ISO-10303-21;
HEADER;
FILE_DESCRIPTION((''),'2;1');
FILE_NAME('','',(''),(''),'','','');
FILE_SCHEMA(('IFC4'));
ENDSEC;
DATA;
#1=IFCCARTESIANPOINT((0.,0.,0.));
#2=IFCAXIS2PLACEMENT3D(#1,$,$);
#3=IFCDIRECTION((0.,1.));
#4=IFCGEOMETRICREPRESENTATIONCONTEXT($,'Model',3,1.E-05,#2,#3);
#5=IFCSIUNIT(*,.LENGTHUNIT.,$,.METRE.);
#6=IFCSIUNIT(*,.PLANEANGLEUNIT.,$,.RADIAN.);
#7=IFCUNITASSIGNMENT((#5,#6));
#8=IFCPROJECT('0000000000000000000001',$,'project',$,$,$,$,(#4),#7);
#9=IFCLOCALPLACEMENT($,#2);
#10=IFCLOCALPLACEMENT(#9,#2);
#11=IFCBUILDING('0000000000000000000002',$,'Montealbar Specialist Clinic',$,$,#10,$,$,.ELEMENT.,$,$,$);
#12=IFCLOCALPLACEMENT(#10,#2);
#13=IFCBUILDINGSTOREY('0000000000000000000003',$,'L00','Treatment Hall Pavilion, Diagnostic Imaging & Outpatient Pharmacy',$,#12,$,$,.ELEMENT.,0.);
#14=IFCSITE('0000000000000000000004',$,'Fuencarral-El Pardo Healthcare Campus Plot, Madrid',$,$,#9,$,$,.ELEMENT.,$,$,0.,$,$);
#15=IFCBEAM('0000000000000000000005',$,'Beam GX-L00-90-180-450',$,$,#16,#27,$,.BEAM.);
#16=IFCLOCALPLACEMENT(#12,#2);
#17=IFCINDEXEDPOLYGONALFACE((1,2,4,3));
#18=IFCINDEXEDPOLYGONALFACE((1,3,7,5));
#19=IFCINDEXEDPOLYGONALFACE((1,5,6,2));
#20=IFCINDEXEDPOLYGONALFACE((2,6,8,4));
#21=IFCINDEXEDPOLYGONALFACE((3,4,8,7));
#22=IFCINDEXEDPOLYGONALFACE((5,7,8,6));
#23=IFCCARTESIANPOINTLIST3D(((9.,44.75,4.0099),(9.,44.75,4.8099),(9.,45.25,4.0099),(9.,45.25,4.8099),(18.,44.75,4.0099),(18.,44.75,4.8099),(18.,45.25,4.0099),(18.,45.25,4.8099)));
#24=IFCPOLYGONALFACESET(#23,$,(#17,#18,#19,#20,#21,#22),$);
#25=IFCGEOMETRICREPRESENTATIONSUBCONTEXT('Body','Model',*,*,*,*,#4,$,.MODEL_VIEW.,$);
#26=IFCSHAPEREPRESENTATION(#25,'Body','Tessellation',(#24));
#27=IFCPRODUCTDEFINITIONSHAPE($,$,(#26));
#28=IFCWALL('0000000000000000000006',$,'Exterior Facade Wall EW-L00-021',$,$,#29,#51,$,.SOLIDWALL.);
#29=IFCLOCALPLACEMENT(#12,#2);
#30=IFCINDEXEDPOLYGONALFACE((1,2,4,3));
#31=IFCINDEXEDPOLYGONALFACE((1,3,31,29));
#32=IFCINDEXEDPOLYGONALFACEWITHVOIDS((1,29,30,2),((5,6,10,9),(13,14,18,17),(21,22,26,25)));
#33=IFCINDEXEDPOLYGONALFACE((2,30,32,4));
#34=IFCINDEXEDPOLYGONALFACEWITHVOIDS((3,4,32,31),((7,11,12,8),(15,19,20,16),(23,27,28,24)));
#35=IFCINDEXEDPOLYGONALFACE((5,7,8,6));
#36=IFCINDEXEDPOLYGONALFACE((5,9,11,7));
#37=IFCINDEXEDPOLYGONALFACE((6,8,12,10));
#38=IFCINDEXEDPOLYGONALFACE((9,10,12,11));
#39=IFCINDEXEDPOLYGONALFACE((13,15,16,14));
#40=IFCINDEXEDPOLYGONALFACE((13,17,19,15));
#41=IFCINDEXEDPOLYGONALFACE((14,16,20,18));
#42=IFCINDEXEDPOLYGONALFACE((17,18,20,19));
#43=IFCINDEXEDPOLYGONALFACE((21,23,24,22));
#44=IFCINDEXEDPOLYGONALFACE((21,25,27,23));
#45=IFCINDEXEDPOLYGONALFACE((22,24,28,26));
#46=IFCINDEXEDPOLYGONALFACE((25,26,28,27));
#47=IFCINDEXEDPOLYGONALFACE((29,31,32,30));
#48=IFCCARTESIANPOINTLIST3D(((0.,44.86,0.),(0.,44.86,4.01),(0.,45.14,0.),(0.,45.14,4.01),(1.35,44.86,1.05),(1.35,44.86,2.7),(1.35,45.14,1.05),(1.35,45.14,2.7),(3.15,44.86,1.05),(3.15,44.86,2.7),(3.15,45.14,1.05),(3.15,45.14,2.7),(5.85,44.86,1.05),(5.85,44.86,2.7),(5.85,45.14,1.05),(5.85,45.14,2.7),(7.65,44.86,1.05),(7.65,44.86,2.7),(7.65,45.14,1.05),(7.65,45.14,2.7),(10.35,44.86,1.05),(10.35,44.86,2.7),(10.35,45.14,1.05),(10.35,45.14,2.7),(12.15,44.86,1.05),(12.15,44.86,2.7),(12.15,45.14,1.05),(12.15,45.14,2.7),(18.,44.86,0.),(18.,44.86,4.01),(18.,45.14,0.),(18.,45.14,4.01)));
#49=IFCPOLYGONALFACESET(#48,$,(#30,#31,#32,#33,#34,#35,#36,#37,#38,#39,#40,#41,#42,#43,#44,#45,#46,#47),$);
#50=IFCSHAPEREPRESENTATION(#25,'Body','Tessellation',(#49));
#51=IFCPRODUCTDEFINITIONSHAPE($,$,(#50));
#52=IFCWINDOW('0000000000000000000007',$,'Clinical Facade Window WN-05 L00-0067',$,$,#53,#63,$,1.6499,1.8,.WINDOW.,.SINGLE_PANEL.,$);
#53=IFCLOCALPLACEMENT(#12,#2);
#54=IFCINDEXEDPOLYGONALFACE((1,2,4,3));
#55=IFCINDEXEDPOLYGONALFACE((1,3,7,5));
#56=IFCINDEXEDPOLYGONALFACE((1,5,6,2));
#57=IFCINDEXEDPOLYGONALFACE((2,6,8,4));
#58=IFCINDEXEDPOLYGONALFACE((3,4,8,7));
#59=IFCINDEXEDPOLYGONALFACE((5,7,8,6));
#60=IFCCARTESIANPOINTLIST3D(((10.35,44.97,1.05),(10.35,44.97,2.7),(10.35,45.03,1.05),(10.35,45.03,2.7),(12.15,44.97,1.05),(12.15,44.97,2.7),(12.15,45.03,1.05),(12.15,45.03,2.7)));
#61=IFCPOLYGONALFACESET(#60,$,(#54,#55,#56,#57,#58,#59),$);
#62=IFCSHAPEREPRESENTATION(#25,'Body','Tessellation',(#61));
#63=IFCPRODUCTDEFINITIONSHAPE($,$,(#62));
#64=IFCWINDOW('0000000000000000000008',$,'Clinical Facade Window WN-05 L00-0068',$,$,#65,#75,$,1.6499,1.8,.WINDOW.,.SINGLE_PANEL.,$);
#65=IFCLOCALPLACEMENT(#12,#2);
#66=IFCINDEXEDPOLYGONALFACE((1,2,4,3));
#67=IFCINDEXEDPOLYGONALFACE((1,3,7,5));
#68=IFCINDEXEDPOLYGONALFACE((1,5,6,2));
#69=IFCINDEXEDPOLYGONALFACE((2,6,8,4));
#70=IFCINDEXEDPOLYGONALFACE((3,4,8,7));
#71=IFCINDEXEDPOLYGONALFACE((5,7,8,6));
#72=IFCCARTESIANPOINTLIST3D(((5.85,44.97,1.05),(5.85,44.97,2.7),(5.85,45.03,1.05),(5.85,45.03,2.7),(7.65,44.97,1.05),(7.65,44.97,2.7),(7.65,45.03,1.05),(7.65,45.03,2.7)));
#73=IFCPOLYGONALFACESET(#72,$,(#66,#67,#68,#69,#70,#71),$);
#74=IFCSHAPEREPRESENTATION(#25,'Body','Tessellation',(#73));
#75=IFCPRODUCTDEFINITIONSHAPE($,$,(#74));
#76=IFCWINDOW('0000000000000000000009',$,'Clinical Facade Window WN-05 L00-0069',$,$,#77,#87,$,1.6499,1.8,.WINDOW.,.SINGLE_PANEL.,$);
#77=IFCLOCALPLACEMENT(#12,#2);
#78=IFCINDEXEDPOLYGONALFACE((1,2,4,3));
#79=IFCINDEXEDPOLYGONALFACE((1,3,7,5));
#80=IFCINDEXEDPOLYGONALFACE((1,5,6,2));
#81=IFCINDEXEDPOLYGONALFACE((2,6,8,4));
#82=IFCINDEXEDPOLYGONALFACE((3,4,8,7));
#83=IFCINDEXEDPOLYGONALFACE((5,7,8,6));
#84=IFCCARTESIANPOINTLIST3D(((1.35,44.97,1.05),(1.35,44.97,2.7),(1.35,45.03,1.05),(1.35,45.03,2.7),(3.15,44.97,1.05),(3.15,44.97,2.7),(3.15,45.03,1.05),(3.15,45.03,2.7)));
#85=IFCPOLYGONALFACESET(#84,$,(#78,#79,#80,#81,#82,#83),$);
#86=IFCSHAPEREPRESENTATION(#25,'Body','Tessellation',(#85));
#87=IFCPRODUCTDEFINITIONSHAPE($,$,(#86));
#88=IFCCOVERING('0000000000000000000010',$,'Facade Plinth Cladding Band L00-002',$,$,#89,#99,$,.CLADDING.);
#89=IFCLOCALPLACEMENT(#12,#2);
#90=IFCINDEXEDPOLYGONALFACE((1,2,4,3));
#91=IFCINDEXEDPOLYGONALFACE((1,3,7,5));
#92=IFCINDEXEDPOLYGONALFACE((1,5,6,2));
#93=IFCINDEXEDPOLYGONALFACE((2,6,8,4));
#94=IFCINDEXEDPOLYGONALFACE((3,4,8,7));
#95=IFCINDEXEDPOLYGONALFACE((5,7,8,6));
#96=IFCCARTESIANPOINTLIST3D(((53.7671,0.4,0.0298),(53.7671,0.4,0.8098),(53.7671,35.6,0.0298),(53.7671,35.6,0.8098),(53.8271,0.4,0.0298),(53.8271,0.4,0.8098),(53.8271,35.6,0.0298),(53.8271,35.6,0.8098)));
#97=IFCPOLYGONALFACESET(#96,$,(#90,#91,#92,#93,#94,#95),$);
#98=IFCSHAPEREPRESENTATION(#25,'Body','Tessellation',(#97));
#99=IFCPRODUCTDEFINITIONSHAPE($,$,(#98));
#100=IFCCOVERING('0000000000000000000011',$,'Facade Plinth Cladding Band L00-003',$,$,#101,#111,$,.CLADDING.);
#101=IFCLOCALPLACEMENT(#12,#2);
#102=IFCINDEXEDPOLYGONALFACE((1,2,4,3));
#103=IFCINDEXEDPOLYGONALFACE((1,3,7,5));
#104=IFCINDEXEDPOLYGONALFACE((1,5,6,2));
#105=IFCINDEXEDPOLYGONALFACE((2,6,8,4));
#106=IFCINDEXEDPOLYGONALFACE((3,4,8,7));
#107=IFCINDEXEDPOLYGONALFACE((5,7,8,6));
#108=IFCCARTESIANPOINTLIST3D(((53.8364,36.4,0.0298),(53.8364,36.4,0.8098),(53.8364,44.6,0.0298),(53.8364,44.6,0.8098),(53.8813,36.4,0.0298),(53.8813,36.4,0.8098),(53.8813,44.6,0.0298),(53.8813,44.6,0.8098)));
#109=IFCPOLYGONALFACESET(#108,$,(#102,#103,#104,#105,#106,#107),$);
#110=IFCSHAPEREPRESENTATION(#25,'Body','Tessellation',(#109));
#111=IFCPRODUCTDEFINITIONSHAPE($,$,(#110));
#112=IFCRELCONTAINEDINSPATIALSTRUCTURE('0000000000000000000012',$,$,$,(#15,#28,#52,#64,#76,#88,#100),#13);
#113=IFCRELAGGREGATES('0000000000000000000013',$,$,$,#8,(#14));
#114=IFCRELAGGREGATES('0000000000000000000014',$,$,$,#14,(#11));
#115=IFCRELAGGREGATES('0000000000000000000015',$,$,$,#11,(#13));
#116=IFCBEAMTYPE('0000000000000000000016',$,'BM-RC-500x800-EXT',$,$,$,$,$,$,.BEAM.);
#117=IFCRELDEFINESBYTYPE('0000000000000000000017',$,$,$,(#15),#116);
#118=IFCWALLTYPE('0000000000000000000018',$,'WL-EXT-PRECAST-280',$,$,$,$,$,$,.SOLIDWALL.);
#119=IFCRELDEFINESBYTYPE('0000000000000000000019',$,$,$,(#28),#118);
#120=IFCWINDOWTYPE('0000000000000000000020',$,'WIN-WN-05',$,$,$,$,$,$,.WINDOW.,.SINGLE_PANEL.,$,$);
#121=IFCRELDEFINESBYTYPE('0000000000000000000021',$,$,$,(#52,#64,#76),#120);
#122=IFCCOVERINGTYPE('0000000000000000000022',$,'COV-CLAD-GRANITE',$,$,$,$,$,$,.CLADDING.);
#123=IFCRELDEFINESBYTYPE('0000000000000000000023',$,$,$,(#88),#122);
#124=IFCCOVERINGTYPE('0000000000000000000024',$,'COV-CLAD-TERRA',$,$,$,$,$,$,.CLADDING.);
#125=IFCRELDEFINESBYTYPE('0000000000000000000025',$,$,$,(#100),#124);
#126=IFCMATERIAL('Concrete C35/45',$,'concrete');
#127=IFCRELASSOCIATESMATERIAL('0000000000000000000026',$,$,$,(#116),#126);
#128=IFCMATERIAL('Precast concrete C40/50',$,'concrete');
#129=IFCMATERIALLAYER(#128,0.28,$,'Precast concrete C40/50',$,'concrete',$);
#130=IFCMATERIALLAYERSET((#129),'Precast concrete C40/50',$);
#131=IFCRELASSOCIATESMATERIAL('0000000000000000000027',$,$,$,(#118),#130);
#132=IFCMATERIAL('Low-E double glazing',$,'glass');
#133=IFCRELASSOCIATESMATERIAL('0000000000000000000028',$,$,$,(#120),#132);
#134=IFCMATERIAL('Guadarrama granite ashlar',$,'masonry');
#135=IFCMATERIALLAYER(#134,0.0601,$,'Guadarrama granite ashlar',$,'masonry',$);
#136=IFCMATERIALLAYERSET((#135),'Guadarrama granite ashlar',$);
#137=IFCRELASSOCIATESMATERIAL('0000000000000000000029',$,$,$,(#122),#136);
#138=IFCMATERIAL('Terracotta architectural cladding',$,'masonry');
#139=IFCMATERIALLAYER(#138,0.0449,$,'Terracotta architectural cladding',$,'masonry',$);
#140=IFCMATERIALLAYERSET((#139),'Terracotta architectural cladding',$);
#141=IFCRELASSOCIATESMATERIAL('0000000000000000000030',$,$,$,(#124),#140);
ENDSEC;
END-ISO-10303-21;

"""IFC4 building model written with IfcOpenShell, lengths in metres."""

from ifc_helpers import new_model, si_unit, direction, frame, frame_2d, origin, origin_2d, place, context, subcontext, project, spatial, rectangle, extrude, material, layer, layer_set, material_profile, profile_set, type_object, element, fill, save


model = new_model("IFC4")

# Units and contexts
model_context = context("Model", 3, precision=1e-05, world=origin(), true_north=direction((0.0, 1.0)))
body_context = subcontext(model_context, "Body", "Model", "MODEL_VIEW")
ifc_project = project(units=[si_unit("LENGTHUNIT", "METRE"), si_unit("PLANEANGLEUNIT", "RADIAN")], contexts=[model_context])

# Site, building, storey
site_placement = place(None, origin())
site = spatial("IfcSite", under=ifc_project, at=site_placement, Name="Fuencarral-El Pardo Healthcare Campus Plot, Madrid", CompositionType="ELEMENT", RefElevation=0.0)
building_placement = place(site_placement, origin())
building = spatial("IfcBuilding", under=site, at=building_placement, Name="Montealbar Specialist Clinic", CompositionType="ELEMENT")
storey_placement = place(building_placement, origin())
storey = spatial("IfcBuildingStorey", under=building, at=storey_placement, Name="L00", Description="Treatment Hall Pavilion, Diagnostic Imaging & Outpatient Pharmacy", CompositionType="ELEMENT", Elevation=0.0)

# Shared definitions
ifc_material_1 = material(Name="Concrete C35/45", Category="concrete")
ifc_material_2 = material(Name="Guadarrama granite ashlar", Category="masonry")

# Beam
ifc_material_profile_1 = material_profile(ifc_material_1, rectangle(XDim=0.5, YDim=0.8, at=origin_2d()), Name="RC 500x800", Category="concrete")
ifc_profile_set_1 = profile_set([ifc_material_profile_1], Name="Concrete C35/45")
beam_type_1 = type_object("IfcBeamType", Name="BM-RC-500x800-EXT", PredefinedType="BEAM", material=ifc_profile_set_1)
beam_1_placement = place(storey_placement, frame((9.0, 45.0, 4.4099), z_axis=(1.0, 0.0, 0.0), x_axis=(0.0, 1.0, 0.0)))
element("IfcBeam", 1, at=beam_1_placement, inside=storey, type_object=beam_type_1, Name="Beam GX-L00-90-180-450", PredefinedType="BEAM", context=body_context, shape_type="SweptSolid", body=[
    extrude(rectangle(XDim=0.5, YDim=0.8, at=origin_2d()), origin(), (0.0, 0.0, 1.0), 9.0),
])

# Wall, openings, windows
ifc_material_3 = material(Name="Precast concrete C40/50", Category="concrete")
ifc_layer_1 = layer(ifc_material_3, 0.28, Name="Precast concrete C40/50", Category="concrete")
ifc_layer_set_1 = layer_set([ifc_layer_1], Name="Precast concrete C40/50")
wall_type = type_object("IfcWallType", Name="WL-EXT-PRECAST-280", PredefinedType="SOLIDWALL", material=ifc_layer_set_1)
wall_placement = place(storey_placement, frame((18.0, 45.0, 0.0), z_axis=(0.0, 0.0, 1.0), x_axis=(-1.0, 0.0, 0.0)))
wall = element("IfcWall", 2, at=wall_placement, inside=storey, type_object=wall_type, Name="Exterior Facade Wall EW-L00-021", PredefinedType="SOLIDWALL", context=body_context, shape_type="SweptSolid", body=[
    extrude(rectangle(XDim=18.0, YDim=0.28, at=frame_2d((9.0, 0.0))), origin(), (0.0, 0.0, 1.0), 4.01),
])
opening_1_placement = place(wall_placement, frame((5.8501, 0.0, 1.05)))
opening_1 = element("IfcOpeningElement", 3, at=opening_1_placement, cuts=wall, PredefinedType="OPENING", context=body_context, shape_type="SweptSolid", body=[
    extrude(rectangle(XDim=1.8, YDim=1.6499, at=frame_2d((0.8999, 0.825))), frame((0.0, 0.1499, 0.0), z_axis=(0.0, -1.0, 0.0), x_axis=(1.0, 0.0, 0.0)), (0.0, 0.0, 1.0), 0.3),
])
opening_2_placement = place(wall_placement, frame((10.3501, 0.0, 1.05)))
opening_2 = element("IfcOpeningElement", 4, at=opening_2_placement, cuts=wall, PredefinedType="OPENING", context=body_context, shape_type="SweptSolid", body=[
    extrude(rectangle(XDim=1.8, YDim=1.6499, at=frame_2d((0.8999, 0.825))), frame((0.0, 0.1499, 0.0), z_axis=(0.0, -1.0, 0.0), x_axis=(1.0, 0.0, 0.0)), (0.0, 0.0, 1.0), 0.3),
])
opening_3_placement = place(wall_placement, frame((14.8501, 0.0, 1.05)))
opening_3 = element("IfcOpeningElement", 5, at=opening_3_placement, cuts=wall, PredefinedType="OPENING", context=body_context, shape_type="SweptSolid", body=[
    extrude(rectangle(XDim=1.8, YDim=1.6499, at=frame_2d((0.8999, 0.825))), frame((0.0, 0.1499, 0.0), z_axis=(0.0, -1.0, 0.0), x_axis=(1.0, 0.0, 0.0)), (0.0, 0.0, 1.0), 0.3),
])
ifc_material_4 = material(Name="Low-E double glazing", Category="glass")
window_type = type_object("IfcWindowType", Name="WIN-WN-05", PartitioningType="SINGLE_PANEL", PredefinedType="WINDOW", material=ifc_material_4)
window_1_placement = place(opening_1_placement, origin())
window_1 = element("IfcWindow", 6, at=window_1_placement, inside=storey, type_object=window_type, Name="Clinical Facade Window WN-05 L00-0067", OverallHeight=1.6499, OverallWidth=1.8, PartitioningType="SINGLE_PANEL", PredefinedType="WINDOW", context=body_context, shape_type="SweptSolid", body=[
    extrude(rectangle(XDim=1.8, YDim=1.6499, at=frame_2d((0.8999, 0.825))), frame((0.0, 0.03, 0.0), z_axis=(0.0, -1.0, 0.0), x_axis=(1.0, 0.0, 0.0)), (0.0, 0.0, 1.0), 0.0601),
])
fill(opening_1, window_1)
window_2_placement = place(opening_2_placement, origin())
window_2 = element("IfcWindow", 7, at=window_2_placement, inside=storey, type_object=window_type, Name="Clinical Facade Window WN-05 L00-0068", OverallHeight=1.6499, OverallWidth=1.8, PartitioningType="SINGLE_PANEL", PredefinedType="WINDOW", context=body_context, shape_type="SweptSolid", body=[
    extrude(rectangle(XDim=1.8, YDim=1.6499, at=frame_2d((0.8999, 0.825))), frame((0.0, 0.03, 0.0), z_axis=(0.0, -1.0, 0.0), x_axis=(1.0, 0.0, 0.0)), (0.0, 0.0, 1.0), 0.0601),
])
fill(opening_2, window_2)
window_3_placement = place(opening_3_placement, origin())
window_3 = element("IfcWindow", 8, at=window_3_placement, inside=storey, type_object=window_type, Name="Clinical Facade Window WN-05 L00-0069", OverallHeight=1.6499, OverallWidth=1.8, PartitioningType="SINGLE_PANEL", PredefinedType="WINDOW", context=body_context, shape_type="SweptSolid", body=[
    extrude(rectangle(XDim=1.8, YDim=1.6499, at=frame_2d((0.8999, 0.825))), frame((0.0, 0.03, 0.0), z_axis=(0.0, -1.0, 0.0), x_axis=(1.0, 0.0, 0.0)), (0.0, 0.0, 1.0), 0.0601),
])
fill(opening_3, window_3)

# Coverings
ifc_layer_2 = layer(ifc_material_2, 0.0601, Name="Guadarrama granite ashlar", Category="masonry")
ifc_layer_set_2 = layer_set([ifc_layer_2], Name="Guadarrama granite ashlar")
covering_type_1 = type_object("IfcCoveringType", Name="COV-CLAD-GRANITE", PredefinedType="CLADDING", material=ifc_layer_set_2)
covering_1_placement = place(storey_placement, frame((53.7971, 18.0, 0.0298), z_axis=(0.0, 0.0, 1.0), x_axis=(0.0, 1.0, 0.0)))
element("IfcCovering", 9, at=covering_1_placement, inside=storey, type_object=covering_type_1, Name="Facade Plinth Cladding Band L00-002", PredefinedType="CLADDING", context=body_context, shape_type="SweptSolid", body=[
    extrude(rectangle(XDim=35.2, YDim=0.0601, at=origin_2d()), origin(), (0.0, 0.0, 1.0), 0.78),
])
ifc_material_5 = material(Name="Terracotta architectural cladding", Category="masonry")
ifc_layer_3 = layer(ifc_material_5, 0.0449, Name="Terracotta architectural cladding", Category="masonry")
ifc_layer_set_3 = layer_set([ifc_layer_3], Name="Terracotta architectural cladding")
covering_type_2 = type_object("IfcCoveringType", Name="COV-CLAD-TERRA", PredefinedType="CLADDING", material=ifc_layer_set_3)
covering_2_placement = place(storey_placement, frame((53.8589, 40.5, 0.0298), z_axis=(0.0, 0.0, 1.0), x_axis=(0.0, 1.0, 0.0)))
element("IfcCovering", 10, at=covering_2_placement, inside=storey, type_object=covering_type_2, Name="Facade Plinth Cladding Band L00-003", PredefinedType="CLADDING", context=body_context, shape_type="SweptSolid", body=[
    extrude(rectangle(XDim=8.2, YDim=0.0449, at=origin_2d()), origin(), (0.0, 0.0, 1.0), 0.78),
])

save(model, "model.ifc")
